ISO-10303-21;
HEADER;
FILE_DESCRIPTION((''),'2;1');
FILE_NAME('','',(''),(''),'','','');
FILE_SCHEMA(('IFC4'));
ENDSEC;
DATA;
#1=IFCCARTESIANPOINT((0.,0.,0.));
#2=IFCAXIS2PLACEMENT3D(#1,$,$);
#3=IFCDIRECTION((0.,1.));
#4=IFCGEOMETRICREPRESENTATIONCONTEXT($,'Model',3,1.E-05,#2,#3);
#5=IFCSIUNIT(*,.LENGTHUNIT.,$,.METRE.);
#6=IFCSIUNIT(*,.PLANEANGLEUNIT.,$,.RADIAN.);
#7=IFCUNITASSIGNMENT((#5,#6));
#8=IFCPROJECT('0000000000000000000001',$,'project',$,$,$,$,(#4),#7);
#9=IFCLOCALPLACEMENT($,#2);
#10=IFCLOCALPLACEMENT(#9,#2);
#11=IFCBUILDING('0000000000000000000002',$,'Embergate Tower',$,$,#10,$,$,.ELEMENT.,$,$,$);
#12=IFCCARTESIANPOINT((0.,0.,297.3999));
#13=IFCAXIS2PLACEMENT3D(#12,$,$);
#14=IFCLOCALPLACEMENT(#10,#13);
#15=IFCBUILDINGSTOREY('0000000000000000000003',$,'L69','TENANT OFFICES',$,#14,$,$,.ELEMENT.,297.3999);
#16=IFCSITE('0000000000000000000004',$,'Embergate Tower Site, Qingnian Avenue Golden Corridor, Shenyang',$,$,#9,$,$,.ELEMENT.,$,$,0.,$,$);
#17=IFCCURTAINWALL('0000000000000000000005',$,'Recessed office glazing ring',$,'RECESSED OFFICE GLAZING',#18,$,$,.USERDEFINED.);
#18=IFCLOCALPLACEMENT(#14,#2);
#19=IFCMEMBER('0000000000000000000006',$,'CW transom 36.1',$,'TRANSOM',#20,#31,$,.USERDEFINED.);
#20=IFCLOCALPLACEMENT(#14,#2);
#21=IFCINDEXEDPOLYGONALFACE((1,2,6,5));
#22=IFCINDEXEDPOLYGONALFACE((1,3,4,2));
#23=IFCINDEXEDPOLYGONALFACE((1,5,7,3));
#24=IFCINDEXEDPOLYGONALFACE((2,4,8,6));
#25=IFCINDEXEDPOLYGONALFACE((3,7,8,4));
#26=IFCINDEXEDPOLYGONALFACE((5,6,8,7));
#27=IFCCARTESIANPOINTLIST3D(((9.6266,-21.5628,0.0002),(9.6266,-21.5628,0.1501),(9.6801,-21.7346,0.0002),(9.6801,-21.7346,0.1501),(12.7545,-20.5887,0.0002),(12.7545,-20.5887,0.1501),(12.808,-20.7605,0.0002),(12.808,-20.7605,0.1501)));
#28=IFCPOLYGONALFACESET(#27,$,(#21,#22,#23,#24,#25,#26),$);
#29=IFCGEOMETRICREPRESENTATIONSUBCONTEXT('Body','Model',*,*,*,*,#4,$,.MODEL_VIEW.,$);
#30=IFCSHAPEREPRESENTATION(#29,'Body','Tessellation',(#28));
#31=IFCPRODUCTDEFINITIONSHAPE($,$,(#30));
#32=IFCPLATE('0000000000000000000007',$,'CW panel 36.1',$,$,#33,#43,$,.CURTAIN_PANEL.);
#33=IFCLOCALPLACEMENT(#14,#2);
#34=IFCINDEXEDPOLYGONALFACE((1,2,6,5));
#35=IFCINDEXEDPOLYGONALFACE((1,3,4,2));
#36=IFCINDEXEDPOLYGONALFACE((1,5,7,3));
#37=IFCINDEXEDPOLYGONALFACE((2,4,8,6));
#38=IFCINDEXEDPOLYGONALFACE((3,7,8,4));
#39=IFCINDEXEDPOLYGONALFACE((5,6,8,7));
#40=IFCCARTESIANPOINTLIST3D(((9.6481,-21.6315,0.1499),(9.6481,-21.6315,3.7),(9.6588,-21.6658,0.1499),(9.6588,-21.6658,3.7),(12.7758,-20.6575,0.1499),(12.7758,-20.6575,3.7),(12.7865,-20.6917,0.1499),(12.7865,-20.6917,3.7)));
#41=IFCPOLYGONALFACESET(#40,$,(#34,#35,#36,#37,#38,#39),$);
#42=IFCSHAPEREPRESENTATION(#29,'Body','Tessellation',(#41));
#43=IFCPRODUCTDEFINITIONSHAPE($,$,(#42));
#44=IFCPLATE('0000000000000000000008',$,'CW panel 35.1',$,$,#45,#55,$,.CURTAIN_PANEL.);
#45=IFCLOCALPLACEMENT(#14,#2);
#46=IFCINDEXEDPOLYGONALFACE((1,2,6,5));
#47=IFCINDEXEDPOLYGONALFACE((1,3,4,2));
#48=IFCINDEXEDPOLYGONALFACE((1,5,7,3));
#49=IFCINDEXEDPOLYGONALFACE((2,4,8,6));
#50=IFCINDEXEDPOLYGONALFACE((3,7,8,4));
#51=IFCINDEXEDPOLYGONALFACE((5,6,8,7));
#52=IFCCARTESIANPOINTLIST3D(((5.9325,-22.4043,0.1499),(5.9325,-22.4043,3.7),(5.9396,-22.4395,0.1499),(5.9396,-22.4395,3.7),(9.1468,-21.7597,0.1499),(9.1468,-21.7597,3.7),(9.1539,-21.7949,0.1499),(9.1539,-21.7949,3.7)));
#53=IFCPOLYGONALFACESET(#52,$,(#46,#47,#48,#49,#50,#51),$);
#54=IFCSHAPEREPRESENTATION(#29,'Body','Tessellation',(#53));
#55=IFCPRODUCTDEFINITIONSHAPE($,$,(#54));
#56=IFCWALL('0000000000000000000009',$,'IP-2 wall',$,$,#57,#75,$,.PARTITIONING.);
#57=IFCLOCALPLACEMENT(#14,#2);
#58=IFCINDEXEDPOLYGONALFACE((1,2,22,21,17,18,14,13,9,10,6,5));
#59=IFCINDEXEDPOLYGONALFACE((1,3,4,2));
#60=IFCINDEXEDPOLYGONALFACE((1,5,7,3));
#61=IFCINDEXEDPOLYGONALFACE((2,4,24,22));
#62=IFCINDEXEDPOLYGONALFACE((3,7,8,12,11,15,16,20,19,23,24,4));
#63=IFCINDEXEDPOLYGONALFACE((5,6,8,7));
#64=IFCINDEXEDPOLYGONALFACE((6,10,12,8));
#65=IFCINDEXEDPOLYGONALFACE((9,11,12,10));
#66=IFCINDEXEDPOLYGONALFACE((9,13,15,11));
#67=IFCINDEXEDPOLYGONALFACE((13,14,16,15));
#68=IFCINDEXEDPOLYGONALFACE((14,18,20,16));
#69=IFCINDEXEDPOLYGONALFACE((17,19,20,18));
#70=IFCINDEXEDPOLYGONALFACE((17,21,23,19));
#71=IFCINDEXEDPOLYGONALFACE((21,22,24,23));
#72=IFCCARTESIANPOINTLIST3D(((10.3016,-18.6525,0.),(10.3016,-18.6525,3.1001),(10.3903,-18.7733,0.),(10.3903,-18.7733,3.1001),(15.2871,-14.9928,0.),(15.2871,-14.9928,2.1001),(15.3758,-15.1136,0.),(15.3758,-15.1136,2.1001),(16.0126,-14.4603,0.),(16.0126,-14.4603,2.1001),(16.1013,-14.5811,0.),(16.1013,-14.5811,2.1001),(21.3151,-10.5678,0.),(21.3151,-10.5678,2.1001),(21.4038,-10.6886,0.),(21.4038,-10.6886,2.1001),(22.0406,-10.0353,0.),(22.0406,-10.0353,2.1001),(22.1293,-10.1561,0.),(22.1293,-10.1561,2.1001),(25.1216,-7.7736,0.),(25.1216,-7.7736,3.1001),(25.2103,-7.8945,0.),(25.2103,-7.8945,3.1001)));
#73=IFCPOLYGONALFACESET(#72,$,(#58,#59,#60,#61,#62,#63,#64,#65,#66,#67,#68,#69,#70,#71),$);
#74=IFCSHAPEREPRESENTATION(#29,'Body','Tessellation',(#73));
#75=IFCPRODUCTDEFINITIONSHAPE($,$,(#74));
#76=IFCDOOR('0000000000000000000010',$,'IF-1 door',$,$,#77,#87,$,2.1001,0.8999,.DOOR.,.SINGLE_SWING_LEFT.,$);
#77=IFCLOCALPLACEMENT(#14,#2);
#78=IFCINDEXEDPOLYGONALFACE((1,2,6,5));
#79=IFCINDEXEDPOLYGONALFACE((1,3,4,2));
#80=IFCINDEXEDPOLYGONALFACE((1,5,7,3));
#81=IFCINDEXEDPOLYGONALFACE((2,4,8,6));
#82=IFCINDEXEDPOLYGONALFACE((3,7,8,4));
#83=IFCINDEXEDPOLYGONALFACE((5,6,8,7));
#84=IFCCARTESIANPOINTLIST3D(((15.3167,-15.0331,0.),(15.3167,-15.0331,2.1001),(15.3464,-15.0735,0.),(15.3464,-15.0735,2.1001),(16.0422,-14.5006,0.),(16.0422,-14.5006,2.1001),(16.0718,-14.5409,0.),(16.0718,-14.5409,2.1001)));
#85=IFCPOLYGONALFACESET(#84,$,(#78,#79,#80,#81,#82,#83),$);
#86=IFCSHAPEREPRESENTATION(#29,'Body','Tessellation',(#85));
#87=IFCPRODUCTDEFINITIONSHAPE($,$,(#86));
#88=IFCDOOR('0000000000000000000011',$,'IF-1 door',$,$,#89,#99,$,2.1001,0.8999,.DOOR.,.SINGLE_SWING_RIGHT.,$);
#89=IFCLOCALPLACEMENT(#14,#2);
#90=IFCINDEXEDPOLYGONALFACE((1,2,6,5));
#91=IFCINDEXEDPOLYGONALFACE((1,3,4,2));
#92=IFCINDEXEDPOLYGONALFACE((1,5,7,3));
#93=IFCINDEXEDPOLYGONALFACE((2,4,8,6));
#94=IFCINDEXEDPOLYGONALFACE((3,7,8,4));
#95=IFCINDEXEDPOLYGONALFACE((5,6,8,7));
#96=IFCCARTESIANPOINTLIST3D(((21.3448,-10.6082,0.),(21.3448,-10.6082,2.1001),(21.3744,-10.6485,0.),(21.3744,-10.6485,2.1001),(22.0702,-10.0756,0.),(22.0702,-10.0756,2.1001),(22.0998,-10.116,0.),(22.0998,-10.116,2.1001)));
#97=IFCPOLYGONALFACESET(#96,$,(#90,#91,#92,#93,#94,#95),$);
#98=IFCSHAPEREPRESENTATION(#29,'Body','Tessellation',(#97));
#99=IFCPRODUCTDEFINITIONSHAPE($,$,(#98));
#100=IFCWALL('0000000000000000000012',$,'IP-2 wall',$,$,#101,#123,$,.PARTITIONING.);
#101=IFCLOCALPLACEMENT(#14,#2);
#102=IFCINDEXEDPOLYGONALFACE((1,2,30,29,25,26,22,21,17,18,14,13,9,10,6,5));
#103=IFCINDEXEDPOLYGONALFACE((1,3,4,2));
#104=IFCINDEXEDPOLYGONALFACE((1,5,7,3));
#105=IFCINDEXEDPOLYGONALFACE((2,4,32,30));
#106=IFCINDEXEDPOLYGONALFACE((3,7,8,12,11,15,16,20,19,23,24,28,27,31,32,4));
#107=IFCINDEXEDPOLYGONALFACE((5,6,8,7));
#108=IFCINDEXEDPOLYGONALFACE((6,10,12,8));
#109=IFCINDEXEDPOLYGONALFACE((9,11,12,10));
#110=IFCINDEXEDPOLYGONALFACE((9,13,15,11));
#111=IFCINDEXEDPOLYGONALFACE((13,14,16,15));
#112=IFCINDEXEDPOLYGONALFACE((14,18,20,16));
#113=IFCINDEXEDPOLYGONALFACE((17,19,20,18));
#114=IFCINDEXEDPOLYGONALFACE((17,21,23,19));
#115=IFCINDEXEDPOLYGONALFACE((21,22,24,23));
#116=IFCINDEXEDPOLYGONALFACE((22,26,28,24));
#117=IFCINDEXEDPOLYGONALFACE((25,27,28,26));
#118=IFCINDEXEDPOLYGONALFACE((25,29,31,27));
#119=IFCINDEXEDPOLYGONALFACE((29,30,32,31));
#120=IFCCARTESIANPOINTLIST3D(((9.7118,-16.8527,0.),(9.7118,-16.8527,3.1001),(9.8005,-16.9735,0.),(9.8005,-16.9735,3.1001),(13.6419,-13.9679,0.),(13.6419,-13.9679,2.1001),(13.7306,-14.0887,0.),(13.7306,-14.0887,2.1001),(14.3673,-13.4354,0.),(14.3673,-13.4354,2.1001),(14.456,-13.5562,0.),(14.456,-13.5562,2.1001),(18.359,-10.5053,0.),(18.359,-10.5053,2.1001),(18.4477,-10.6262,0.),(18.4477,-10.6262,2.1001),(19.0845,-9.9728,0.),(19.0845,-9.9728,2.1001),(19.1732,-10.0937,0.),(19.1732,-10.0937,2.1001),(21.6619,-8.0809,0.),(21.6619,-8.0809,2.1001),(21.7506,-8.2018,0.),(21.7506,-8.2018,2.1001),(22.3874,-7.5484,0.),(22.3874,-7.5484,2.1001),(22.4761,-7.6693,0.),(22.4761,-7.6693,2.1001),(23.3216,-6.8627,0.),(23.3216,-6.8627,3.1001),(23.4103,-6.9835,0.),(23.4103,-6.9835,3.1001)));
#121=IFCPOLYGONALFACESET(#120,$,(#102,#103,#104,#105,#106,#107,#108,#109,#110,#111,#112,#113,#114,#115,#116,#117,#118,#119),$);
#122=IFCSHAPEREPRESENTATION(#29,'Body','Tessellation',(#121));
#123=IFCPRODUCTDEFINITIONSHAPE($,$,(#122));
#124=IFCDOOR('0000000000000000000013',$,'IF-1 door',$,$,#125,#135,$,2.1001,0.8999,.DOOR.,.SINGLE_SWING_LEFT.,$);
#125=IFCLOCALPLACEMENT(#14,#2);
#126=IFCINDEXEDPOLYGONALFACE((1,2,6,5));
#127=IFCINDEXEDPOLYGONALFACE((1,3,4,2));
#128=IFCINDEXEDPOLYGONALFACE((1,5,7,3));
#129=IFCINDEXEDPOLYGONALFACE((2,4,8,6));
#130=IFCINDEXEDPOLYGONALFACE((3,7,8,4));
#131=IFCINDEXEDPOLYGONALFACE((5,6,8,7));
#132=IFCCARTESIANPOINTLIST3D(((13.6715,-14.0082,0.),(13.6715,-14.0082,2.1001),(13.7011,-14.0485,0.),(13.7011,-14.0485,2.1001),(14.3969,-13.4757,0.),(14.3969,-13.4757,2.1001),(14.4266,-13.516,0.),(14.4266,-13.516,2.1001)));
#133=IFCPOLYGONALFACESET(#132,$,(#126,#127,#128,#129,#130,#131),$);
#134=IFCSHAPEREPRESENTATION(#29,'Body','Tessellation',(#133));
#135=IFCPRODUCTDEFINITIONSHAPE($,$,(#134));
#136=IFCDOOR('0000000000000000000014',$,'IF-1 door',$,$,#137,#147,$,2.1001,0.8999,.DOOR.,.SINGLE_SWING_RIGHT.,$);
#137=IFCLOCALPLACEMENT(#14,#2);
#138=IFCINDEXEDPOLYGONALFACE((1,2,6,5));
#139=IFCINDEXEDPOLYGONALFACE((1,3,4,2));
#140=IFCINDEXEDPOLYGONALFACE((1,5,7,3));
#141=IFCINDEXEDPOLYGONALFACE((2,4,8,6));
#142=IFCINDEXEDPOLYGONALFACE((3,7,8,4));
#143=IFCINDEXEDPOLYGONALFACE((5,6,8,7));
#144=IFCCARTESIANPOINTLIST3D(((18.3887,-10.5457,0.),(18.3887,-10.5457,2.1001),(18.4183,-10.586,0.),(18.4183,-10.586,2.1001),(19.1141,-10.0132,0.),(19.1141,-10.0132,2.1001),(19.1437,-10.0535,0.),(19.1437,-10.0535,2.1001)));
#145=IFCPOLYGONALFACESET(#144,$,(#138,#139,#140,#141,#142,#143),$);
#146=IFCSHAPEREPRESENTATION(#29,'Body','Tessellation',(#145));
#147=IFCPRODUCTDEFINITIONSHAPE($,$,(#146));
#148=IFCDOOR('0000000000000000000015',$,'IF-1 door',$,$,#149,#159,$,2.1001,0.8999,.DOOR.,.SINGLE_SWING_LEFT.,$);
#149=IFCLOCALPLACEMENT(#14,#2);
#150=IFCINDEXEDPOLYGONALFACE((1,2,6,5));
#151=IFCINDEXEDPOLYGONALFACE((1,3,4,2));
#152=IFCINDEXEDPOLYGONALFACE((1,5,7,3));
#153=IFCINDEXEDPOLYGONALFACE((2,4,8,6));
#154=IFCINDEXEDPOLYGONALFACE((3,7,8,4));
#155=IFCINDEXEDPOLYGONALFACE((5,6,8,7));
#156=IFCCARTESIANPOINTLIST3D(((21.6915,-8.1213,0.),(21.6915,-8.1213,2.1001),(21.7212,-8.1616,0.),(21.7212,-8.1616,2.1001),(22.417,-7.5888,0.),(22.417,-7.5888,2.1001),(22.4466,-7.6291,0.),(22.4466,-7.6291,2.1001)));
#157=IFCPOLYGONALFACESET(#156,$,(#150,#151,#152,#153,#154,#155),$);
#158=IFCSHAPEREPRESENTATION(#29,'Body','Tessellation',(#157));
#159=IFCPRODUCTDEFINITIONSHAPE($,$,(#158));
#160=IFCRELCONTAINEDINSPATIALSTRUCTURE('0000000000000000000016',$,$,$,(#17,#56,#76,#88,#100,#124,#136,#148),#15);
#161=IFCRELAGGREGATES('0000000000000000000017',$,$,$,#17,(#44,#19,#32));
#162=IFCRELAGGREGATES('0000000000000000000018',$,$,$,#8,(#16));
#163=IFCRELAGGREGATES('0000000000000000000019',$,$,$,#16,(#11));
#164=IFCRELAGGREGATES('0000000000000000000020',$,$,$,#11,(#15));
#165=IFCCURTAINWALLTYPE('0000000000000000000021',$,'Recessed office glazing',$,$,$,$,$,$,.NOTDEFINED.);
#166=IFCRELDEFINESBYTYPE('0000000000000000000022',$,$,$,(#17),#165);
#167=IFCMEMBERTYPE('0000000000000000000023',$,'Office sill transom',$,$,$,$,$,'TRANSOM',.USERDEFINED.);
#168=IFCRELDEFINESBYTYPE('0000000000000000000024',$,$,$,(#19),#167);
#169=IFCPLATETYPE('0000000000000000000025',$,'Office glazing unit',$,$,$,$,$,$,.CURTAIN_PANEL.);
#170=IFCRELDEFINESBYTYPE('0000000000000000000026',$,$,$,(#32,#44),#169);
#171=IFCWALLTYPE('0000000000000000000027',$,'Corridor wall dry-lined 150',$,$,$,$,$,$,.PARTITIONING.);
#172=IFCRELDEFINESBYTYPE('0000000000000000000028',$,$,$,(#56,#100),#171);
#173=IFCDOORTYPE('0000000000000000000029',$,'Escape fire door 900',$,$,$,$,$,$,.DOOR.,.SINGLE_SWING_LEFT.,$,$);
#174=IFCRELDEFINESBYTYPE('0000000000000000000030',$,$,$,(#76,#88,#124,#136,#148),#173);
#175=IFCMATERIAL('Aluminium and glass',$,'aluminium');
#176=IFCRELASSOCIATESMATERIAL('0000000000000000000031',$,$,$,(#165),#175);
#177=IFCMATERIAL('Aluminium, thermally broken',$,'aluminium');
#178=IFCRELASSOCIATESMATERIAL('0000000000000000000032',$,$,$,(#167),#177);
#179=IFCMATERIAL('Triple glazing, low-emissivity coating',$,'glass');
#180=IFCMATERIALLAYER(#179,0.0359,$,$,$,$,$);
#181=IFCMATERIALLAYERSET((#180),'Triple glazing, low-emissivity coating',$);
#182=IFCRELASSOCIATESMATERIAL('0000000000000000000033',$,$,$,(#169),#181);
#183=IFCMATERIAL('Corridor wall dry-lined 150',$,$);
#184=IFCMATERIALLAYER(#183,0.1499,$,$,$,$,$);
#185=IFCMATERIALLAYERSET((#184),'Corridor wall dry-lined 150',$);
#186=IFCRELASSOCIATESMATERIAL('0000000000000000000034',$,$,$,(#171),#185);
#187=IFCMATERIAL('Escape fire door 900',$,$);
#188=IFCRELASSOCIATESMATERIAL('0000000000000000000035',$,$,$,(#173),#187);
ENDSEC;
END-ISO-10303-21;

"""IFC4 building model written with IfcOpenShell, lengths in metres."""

from ifc_helpers import new_model, si_unit, direction, frame, frame_2d, origin, origin_2d, place, context, subcontext, project, spatial, rectangle, extrude, source, transform, mapped, material, layer, layer_set, material_profile, profile_set, type_object, element, fill, aggregate, save


model = new_model("IFC4")

# Units and contexts
model_context = context("Model", 3, precision=1e-05, world=origin(), true_north=direction((0.0, 1.0)))
body_context = subcontext(model_context, "Body", "Model", "MODEL_VIEW")
ifc_project = project(units=[si_unit("LENGTHUNIT", "METRE"), si_unit("PLANEANGLEUNIT", "RADIAN")], contexts=[model_context])

# Site, building, storey
site_placement = place(None, origin())
site = spatial("IfcSite", under=ifc_project, at=site_placement, Name="Embergate Tower Site, Qingnian Avenue Golden Corridor, Shenyang", CompositionType="ELEMENT", RefElevation=0.0)
building_placement = place(site_placement, origin())
building = spatial("IfcBuilding", under=site, at=building_placement, Name="Embergate Tower", CompositionType="ELEMENT")
storey_placement = place(building_placement, frame((0.0, 0.0, 297.3999)))
storey = spatial("IfcBuildingStorey", under=building, at=storey_placement, Name="L69", Description="TENANT OFFICES", CompositionType="ELEMENT", Elevation=297.3999)

# Curtain wall, member, plates
ifc_material_1 = material(Name="Aluminium and glass", Category="aluminium")
curtain_wall_type = type_object("IfcCurtainWallType", Name="Recessed office glazing", PredefinedType="NOTDEFINED", material=ifc_material_1)
curtain_wall_placement = place(storey_placement, origin())
curtain_wall = element("IfcCurtainWall", 1, at=curtain_wall_placement, inside=storey, type_object=curtain_wall_type, Name="Recessed office glazing ring", ObjectType="RECESSED OFFICE GLAZING", PredefinedType="USERDEFINED")
ifc_material_2 = material(Name="Aluminium, thermally broken", Category="aluminium")
ifc_material_profile_1 = material_profile(ifc_material_2, rectangle(XDim=0.1799, YDim=0.1499, at=origin_2d()), Name="AL 150x180")
ifc_profile_set_1 = profile_set([ifc_material_profile_1], Name="Aluminium, thermally broken")
member_type_1 = type_object("IfcMemberType", Name="Office sill transom", ElementType="TRANSOM", PredefinedType="USERDEFINED", material=ifc_profile_set_1)
shared_shape_1 = source(origin(), body_context, "Body", "SweptSolid", [
    extrude(rectangle(XDim=0.1799, YDim=0.1499, at=origin_2d()), origin(), (0.0, 0.0, 1.0), 3.2761),
])
member_1_placement = place(storey_placement, frame((9.6533, -21.6487, 0.0752), z_axis=(0.954771, 0.297341, 0.0), x_axis=(-0.297341, 0.954771, 0.0)))
member_1 = element("IfcMember", 2, at=member_1_placement, type_object=member_type_1, Name="CW transom 36.1", ObjectType="TRANSOM", PredefinedType="USERDEFINED", context=body_context, shape_type="MappedRepresentation", body=[
    mapped(shared_shape_1, transform((0.0, 0.0, 0.0))),
])
ifc_material_3 = material(Name="Triple glazing, low-emissivity coating", Category="glass")
ifc_layer_1 = layer(ifc_material_3, 0.0359)
ifc_layer_set_1 = layer_set([ifc_layer_1], Name="Triple glazing, low-emissivity coating")
plate_type = type_object("IfcPlateType", Name="Office glazing unit", PredefinedType="CURTAIN_PANEL", material=ifc_layer_set_1)
shared_shape_2 = source(origin(), body_context, "Body", "SweptSolid", [
    extrude(rectangle(XDim=3.2759, YDim=0.0359, at=origin_2d()), origin(), (0.0, 0.0, 1.0), 3.55),
])
plate_1_placement = place(storey_placement, frame((11.2173, -21.1616, 0.1499), z_axis=(0.0, 0.0, 1.0), x_axis=(0.954771, 0.297342, 0.0)))
plate_1 = element("IfcPlate", 3, at=plate_1_placement, type_object=plate_type, Name="CW panel 36.1", PredefinedType="CURTAIN_PANEL", context=body_context, shape_type="MappedRepresentation", body=[
    mapped(shared_shape_2, transform((0.0, 0.0, 0.0))),
])
shared_shape_3 = source(origin(), body_context, "Body", "SweptSolid", [
    extrude(rectangle(XDim=3.2783, YDim=0.0359, at=origin_2d()), origin(), (0.0, 0.0, 1.0), 3.55),
])
plate_2_placement = place(storey_placement, frame((7.5432, -22.0996, 0.1499), z_axis=(0.0, 0.0, 1.0), x_axis=(0.980476, 0.196641, 0.0)))
plate_2 = element("IfcPlate", 4, at=plate_2_placement, type_object=plate_type, Name="CW panel 35.1", PredefinedType="CURTAIN_PANEL", context=body_context, shape_type="MappedRepresentation", body=[
    mapped(shared_shape_3, transform((0.0, 0.0, 0.0))),
])
aggregate(curtain_wall, [plate_2, member_1, plate_1])

# Walls, openings, doors
ifc_material_4 = material(Name="Corridor wall dry-lined 150")
ifc_layer_2 = layer(ifc_material_4, 0.1499)
ifc_layer_set_2 = layer_set([ifc_layer_2], Name="Corridor wall dry-lined 150")
wall_type = type_object("IfcWallType", Name="Corridor wall dry-lined 150", PredefinedType="PARTITIONING", material=ifc_layer_set_2)
shared_shape_4 = source(origin(), body_context, "Body", "SweptSolid", [
    extrude(rectangle(XDim=18.3843, YDim=0.1499, at=frame_2d((9.1921, 0.0))), origin(), (0.0, 0.0, 1.0), 3.1001),
])
wall_1_placement = place(storey_placement, frame((10.3459, -18.7129, 0.0), z_axis=(0.0, 0.0, 1.0), x_axis=(0.806123, 0.591748, 0.0)))
wall_1 = element("IfcWall", 5, at=wall_1_placement, inside=storey, type_object=wall_type, Name="IP-2 wall", PredefinedType="PARTITIONING", context=body_context, shape_type="MappedRepresentation", body=[
    mapped(shared_shape_4, transform((0.0, 0.0, 0.0))),
])
shared_shape_5 = source(origin(), body_context, "Body", "SweptSolid", [
    extrude(rectangle(XDim=0.8999, YDim=2.1001, at=frame_2d((0.45, 1.05))), frame((0.0, 0.085, 0.0), z_axis=(0.0, -1.0, 0.0), x_axis=(1.0, 0.0, 0.0)), (0.0, 0.0, 1.0), 0.1699),
])
opening_1_placement = place(wall_1_placement, frame((6.1846, 0.0, 0.0)))
opening_1 = element("IfcOpeningElement", 6, at=opening_1_placement, cuts=wall_1, PredefinedType="OPENING", context=body_context, shape_type="MappedRepresentation", body=[
    mapped(shared_shape_5, transform((0.0, 0.0, 0.0))),
])
opening_2_placement = place(wall_1_placement, frame((13.6624, 0.0, 0.0)))
opening_2 = element("IfcOpeningElement", 7, at=opening_2_placement, cuts=wall_1, PredefinedType="OPENING", context=body_context, shape_type="MappedRepresentation", body=[
    mapped(shared_shape_5, transform((0.0, 0.0, 0.0))),
])
ifc_material_5 = material(Name="Escape fire door 900")
door_type_1 = type_object("IfcDoorType", Name="Escape fire door 900", OperationType="SINGLE_SWING_LEFT", PredefinedType="DOOR", material=ifc_material_5)
shared_shape_6 = source(origin(), body_context, "Body", "SweptSolid", [
    extrude(rectangle(XDim=0.8999, YDim=2.1001, at=frame_2d((0.45, 1.05))), frame((0.0, 0.0249, 0.0), z_axis=(0.0, -1.0, 0.0), x_axis=(1.0, 0.0, 0.0)), (0.0, 0.0, 1.0), 0.05),
])
door_1_placement = place(opening_1_placement, origin())
door_1 = element("IfcDoor", 8, at=door_1_placement, inside=storey, type_object=door_type_1, Name="IF-1 door", OperationType="SINGLE_SWING_LEFT", OverallHeight=2.1001, OverallWidth=0.8999, PredefinedType="DOOR", context=body_context, shape_type="MappedRepresentation", body=[
    mapped(shared_shape_6, transform((0.0, 0.0, 0.0))),
])
fill(opening_1, door_1)
door_2_placement = place(opening_2_placement, origin())
door_2 = element("IfcDoor", 9, at=door_2_placement, inside=storey, type_object=door_type_1, Name="IF-1 door", OperationType="SINGLE_SWING_RIGHT", OverallHeight=2.1001, OverallWidth=0.8999, PredefinedType="DOOR", context=body_context, shape_type="MappedRepresentation", body=[
    mapped(shared_shape_6, transform((0.0, 0.0, 0.0))),
])
fill(opening_2, door_2)
shared_shape_7 = source(origin(), body_context, "Body", "SweptSolid", [
    extrude(rectangle(XDim=16.8828, YDim=0.1499, at=frame_2d((8.4414, 0.0))), origin(), (0.0, 0.0, 1.0), 3.1001),
])
wall_2_placement = place(storey_placement, frame((9.7561, -16.9131, 0.0), z_axis=(0.0, 0.0, 1.0), x_axis=(0.806139, 0.591727, 0.0)))
wall_2 = element("IfcWall", 10, at=wall_2_placement, inside=storey, type_object=wall_type, Name="IP-2 wall", PredefinedType="PARTITIONING", context=body_context, shape_type="MappedRepresentation", body=[
    mapped(shared_shape_7, transform((0.0, 0.0, 0.0))),
])
opening_3_placement = place(wall_2_placement, frame((4.8752, 0.0, 0.0)))
opening_3 = element("IfcOpeningElement", 11, at=opening_3_placement, cuts=wall_2, PredefinedType="OPENING", context=body_context, shape_type="MappedRepresentation", body=[
    mapped(shared_shape_5, transform((0.0, 0.0, 0.0))),
])
opening_4_placement = place(wall_2_placement, frame((10.7268, 0.0, 0.0)))
opening_4 = element("IfcOpeningElement", 12, at=opening_4_placement, cuts=wall_2, PredefinedType="OPENING", context=body_context, shape_type="MappedRepresentation", body=[
    mapped(shared_shape_5, transform((0.0, 0.0, 0.0))),
])
opening_5_placement = place(wall_2_placement, frame((14.824, 0.0, 0.0)))
opening_5 = element("IfcOpeningElement", 13, at=opening_5_placement, cuts=wall_2, PredefinedType="OPENING", context=body_context, shape_type="MappedRepresentation", body=[
    mapped(shared_shape_5, transform((0.0, 0.0, 0.0))),
])
door_3_placement = place(opening_3_placement, origin())
door_3 = element("IfcDoor", 14, at=door_3_placement, inside=storey, type_object=door_type_1, Name="IF-1 door", OperationType="SINGLE_SWING_LEFT", OverallHeight=2.1001, OverallWidth=0.8999, PredefinedType="DOOR", context=body_context, shape_type="MappedRepresentation", body=[
    mapped(shared_shape_6, transform((0.0, 0.0, 0.0))),
])
fill(opening_3, door_3)
door_4_placement = place(opening_4_placement, origin())
door_4 = element("IfcDoor", 15, at=door_4_placement, inside=storey, type_object=door_type_1, Name="IF-1 door", OperationType="SINGLE_SWING_RIGHT", OverallHeight=2.1001, OverallWidth=0.8999, PredefinedType="DOOR", context=body_context, shape_type="MappedRepresentation", body=[
    mapped(shared_shape_6, transform((0.0, 0.0, 0.0))),
])
fill(opening_4, door_4)
door_5_placement = place(opening_5_placement, origin())
door_5 = element("IfcDoor", 16, at=door_5_placement, inside=storey, type_object=door_type_1, Name="IF-1 door", OperationType="SINGLE_SWING_LEFT", OverallHeight=2.1001, OverallWidth=0.8999, PredefinedType="DOOR", context=body_context, shape_type="MappedRepresentation", body=[
    mapped(shared_shape_6, transform((0.0, 0.0, 0.0))),
])
fill(opening_5, door_5)

save(model, "model.ifc")
